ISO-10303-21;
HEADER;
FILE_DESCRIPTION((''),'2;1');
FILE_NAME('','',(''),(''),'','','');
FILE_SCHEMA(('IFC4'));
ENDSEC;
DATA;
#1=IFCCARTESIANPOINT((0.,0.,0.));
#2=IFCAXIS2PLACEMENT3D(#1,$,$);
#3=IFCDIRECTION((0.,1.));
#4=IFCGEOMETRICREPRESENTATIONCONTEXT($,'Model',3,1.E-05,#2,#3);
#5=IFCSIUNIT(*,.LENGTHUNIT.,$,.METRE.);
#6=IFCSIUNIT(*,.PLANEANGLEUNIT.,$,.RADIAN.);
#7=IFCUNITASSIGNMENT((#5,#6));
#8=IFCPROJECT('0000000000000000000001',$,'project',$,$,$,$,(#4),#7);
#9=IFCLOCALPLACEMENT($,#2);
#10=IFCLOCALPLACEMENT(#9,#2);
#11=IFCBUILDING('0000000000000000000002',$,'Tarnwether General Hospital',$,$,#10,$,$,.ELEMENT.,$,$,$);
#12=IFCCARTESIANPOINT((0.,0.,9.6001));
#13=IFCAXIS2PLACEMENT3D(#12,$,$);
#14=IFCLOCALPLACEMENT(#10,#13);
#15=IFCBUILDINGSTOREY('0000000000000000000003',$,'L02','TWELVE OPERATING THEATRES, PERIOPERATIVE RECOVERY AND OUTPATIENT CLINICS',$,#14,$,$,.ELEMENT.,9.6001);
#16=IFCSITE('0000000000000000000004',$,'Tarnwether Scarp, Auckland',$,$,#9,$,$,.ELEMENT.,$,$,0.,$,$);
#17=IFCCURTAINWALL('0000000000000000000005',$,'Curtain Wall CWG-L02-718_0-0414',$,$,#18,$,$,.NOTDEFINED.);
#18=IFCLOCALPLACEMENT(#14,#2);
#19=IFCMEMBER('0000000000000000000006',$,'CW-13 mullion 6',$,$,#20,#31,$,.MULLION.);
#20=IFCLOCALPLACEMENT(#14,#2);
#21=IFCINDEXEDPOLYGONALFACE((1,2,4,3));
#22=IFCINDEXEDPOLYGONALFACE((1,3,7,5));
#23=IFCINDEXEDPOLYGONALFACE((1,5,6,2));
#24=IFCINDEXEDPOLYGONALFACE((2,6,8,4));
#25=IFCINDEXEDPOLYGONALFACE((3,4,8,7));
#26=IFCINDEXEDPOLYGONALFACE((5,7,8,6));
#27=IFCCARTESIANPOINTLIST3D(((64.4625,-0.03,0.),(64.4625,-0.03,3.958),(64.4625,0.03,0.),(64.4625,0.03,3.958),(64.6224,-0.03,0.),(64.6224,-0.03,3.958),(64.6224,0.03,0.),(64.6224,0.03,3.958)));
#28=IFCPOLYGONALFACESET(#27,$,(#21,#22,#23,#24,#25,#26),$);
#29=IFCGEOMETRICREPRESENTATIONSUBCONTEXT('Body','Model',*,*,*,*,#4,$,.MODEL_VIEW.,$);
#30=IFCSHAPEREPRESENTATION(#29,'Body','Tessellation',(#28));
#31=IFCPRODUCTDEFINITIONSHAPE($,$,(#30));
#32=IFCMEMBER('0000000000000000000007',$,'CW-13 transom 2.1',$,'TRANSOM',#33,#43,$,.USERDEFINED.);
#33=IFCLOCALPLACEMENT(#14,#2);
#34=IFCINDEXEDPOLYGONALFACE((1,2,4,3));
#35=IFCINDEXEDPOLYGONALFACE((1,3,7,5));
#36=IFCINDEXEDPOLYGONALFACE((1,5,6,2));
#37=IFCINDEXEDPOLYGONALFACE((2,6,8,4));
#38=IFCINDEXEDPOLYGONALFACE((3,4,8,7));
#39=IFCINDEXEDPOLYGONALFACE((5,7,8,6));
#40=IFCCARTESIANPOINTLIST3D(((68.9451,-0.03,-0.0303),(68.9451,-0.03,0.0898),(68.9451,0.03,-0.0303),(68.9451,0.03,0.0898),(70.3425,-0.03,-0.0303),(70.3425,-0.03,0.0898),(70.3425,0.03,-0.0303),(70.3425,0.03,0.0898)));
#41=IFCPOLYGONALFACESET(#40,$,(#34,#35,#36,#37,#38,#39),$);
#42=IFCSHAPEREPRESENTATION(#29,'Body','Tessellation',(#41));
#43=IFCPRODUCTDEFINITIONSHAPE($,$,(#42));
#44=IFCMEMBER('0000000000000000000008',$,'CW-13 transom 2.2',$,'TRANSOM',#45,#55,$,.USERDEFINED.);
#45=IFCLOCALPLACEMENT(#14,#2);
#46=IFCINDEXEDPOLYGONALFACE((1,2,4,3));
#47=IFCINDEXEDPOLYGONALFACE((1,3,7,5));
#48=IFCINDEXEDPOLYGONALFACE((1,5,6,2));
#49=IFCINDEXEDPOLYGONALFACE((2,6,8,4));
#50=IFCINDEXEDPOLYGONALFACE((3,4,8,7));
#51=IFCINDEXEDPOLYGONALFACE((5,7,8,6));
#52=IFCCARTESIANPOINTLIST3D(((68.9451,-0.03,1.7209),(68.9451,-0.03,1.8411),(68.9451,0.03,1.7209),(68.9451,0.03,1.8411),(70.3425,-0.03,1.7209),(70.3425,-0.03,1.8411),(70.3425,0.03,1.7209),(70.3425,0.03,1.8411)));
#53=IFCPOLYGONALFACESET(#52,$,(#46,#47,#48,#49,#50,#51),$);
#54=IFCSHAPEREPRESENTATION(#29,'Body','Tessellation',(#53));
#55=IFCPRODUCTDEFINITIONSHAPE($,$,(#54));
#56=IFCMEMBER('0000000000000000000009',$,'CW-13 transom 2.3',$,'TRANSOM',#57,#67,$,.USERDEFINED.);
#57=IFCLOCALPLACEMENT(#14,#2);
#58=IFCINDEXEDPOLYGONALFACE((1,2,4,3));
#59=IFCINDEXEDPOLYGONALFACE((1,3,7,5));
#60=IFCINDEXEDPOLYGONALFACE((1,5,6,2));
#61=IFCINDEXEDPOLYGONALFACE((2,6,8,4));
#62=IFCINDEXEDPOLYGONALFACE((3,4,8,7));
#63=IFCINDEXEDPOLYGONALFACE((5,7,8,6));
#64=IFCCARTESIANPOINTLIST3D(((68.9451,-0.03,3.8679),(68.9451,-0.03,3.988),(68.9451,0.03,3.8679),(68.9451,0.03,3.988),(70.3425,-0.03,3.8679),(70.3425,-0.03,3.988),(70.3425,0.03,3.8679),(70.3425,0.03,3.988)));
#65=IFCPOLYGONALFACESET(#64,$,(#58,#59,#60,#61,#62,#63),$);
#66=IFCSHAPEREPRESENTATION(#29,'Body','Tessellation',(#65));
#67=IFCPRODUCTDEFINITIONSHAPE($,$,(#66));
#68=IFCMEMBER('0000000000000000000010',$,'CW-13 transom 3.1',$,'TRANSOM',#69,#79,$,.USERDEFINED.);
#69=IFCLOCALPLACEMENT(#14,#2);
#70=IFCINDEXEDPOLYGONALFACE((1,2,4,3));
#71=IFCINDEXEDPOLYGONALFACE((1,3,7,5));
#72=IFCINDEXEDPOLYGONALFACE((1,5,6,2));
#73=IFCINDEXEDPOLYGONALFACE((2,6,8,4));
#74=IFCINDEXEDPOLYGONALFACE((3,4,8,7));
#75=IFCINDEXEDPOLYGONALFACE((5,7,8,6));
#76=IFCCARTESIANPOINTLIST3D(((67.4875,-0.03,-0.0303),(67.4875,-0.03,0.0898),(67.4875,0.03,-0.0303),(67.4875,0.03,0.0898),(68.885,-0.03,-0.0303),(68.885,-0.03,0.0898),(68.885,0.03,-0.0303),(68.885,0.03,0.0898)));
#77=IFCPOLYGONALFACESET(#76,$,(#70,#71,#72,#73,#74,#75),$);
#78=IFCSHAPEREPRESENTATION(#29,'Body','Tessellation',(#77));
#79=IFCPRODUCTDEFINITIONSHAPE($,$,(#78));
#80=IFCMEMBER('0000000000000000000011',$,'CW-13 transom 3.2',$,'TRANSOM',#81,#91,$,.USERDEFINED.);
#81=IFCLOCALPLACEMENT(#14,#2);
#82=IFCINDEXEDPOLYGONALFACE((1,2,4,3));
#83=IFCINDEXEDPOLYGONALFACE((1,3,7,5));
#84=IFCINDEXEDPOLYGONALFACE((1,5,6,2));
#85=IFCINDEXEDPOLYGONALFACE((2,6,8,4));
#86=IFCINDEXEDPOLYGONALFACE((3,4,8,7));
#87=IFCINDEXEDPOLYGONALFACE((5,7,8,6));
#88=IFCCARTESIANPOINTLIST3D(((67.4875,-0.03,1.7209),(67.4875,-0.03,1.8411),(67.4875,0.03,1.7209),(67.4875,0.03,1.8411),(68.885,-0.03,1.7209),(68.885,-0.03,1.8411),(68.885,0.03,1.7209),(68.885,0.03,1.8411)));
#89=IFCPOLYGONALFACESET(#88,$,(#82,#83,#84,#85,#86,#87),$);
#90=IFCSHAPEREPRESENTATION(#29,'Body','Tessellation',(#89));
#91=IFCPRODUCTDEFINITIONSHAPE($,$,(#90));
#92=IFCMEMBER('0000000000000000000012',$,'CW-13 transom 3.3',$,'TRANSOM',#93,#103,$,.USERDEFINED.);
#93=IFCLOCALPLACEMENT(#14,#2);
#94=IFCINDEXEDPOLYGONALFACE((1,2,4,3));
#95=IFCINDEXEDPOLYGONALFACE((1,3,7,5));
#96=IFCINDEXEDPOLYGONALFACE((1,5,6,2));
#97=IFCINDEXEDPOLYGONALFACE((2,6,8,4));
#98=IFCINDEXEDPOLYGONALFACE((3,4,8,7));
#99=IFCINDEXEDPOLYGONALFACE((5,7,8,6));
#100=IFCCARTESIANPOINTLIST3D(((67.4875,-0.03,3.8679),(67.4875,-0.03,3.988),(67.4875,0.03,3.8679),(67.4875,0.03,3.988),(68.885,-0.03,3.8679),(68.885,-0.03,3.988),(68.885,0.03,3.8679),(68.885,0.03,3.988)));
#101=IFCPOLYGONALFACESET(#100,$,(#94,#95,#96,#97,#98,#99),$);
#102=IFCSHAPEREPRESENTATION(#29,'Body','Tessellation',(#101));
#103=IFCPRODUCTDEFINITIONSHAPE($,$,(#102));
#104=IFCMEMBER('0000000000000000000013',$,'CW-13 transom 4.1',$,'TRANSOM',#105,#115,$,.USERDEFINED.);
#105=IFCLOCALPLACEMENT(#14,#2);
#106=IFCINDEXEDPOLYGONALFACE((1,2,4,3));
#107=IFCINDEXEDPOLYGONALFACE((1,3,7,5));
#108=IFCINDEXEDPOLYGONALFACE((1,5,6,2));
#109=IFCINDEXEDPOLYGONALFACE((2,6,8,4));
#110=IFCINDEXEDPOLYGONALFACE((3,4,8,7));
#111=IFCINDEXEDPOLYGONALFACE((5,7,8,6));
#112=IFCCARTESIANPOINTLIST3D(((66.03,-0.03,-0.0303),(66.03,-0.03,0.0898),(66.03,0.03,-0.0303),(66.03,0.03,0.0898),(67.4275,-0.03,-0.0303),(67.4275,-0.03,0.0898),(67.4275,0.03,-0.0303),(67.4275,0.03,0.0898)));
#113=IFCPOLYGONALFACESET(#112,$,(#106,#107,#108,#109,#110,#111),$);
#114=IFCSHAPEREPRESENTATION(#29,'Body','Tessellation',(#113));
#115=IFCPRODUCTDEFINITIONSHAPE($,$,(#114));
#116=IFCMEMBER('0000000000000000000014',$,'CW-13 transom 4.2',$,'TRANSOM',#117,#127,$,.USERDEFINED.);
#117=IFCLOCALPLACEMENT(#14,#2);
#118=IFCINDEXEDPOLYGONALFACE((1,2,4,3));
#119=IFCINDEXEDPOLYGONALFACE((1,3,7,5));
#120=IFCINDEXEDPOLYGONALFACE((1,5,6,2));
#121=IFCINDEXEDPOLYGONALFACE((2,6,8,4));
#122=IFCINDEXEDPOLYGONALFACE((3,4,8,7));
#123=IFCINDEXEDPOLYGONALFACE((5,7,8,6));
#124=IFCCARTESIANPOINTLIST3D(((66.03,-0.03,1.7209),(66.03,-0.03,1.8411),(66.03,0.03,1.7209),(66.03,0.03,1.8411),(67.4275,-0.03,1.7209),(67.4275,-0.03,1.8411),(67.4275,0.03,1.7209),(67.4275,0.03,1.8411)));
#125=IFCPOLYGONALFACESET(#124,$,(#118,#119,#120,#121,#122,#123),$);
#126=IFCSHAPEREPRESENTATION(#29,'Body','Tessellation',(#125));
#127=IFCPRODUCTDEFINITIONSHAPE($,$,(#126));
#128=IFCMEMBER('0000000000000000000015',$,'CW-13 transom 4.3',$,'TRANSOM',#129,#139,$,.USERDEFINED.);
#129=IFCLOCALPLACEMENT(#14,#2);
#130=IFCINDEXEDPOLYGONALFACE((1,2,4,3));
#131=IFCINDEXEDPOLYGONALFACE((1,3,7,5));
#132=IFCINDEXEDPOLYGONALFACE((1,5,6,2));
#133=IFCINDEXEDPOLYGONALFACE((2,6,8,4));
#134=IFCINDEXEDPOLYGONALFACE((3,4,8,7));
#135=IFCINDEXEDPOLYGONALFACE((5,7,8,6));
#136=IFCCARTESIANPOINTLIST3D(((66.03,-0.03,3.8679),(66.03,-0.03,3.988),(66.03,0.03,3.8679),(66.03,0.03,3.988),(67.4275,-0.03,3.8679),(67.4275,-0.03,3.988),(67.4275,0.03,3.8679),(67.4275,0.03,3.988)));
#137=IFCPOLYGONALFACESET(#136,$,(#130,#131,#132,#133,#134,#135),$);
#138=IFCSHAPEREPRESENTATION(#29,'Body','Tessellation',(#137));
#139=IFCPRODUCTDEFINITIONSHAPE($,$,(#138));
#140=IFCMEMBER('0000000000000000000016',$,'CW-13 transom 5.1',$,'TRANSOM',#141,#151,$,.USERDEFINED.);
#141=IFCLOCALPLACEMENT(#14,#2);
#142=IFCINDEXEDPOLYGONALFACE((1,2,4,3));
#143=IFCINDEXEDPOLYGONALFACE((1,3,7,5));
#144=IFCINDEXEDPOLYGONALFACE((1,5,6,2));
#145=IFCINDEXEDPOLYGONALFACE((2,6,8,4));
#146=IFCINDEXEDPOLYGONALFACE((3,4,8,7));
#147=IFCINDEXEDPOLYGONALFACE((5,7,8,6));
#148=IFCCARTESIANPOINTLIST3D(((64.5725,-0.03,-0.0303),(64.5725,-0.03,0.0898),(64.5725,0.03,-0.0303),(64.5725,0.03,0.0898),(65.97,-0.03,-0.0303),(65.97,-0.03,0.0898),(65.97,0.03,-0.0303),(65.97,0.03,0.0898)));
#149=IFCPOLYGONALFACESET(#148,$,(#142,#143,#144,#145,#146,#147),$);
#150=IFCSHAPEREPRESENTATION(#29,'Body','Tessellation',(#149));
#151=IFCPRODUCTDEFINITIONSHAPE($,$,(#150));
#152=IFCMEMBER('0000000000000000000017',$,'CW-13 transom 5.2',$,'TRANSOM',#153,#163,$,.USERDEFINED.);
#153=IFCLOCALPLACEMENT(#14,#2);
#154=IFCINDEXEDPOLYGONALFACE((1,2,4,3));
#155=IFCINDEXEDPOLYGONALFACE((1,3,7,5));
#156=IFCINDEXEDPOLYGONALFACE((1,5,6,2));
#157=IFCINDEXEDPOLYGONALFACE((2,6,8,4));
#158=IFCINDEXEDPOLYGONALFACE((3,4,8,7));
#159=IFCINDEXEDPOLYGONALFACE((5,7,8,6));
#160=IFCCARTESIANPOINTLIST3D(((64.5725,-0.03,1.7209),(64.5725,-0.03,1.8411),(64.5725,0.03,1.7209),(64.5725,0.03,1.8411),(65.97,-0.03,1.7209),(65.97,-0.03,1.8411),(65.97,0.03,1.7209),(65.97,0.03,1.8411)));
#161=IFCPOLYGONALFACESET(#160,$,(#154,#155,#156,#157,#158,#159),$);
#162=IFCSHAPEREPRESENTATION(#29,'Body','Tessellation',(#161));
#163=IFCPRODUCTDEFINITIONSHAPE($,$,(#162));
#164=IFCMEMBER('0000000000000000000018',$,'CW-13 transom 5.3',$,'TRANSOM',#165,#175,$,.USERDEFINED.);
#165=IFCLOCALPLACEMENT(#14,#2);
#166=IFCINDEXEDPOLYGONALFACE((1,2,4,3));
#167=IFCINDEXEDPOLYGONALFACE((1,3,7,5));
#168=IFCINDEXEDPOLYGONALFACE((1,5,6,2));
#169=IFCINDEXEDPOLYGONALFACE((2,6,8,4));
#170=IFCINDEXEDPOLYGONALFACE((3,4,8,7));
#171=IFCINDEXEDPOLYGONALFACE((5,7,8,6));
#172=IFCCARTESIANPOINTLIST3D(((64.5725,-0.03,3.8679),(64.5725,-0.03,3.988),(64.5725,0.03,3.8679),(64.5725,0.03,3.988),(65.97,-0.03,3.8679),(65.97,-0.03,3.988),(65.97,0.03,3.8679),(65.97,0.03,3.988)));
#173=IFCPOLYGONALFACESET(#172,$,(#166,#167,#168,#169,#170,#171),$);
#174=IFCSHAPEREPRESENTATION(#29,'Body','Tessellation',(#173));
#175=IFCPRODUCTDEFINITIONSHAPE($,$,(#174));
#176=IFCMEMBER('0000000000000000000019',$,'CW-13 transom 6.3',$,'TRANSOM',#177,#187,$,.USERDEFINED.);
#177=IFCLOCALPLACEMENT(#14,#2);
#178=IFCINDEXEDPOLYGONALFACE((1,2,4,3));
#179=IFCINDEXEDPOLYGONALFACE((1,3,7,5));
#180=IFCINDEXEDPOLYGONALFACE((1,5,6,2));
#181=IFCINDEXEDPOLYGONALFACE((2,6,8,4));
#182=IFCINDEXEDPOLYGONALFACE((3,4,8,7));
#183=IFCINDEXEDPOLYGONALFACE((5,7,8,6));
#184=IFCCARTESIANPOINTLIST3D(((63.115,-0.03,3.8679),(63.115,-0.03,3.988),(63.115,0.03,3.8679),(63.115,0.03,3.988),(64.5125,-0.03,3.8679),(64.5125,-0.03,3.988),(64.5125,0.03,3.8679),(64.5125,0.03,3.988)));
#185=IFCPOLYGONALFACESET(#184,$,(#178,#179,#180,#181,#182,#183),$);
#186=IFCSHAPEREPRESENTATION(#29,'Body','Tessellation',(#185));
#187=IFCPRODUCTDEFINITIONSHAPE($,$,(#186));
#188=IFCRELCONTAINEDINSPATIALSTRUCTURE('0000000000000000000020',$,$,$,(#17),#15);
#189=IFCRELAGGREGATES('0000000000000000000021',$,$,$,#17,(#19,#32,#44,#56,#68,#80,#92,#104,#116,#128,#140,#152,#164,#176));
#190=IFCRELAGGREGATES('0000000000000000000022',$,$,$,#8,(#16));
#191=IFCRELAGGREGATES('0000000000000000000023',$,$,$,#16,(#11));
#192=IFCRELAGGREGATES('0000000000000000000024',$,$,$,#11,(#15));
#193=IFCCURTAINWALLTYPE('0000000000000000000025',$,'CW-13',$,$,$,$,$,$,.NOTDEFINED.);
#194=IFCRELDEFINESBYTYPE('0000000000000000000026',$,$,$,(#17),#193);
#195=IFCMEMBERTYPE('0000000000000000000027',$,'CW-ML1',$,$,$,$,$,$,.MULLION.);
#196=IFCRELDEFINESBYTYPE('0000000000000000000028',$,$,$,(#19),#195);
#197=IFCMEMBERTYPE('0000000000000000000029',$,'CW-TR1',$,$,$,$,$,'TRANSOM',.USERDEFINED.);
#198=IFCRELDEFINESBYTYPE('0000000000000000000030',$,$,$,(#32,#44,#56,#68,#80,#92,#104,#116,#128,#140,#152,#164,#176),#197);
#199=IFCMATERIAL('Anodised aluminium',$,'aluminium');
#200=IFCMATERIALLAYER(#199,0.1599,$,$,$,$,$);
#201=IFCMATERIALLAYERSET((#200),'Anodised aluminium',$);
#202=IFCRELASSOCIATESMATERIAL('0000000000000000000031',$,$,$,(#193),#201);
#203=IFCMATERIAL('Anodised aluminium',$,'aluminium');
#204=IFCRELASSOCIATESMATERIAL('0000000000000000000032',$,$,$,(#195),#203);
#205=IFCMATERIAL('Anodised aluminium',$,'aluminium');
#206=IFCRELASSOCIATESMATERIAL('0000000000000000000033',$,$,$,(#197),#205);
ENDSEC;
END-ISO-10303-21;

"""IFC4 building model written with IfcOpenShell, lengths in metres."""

from ifc_helpers import new_model, si_unit, direction, frame, origin, origin_2d, place, context, subcontext, project, spatial, rectangle, extrude, material, layer, layer_set, material_profile, profile_set, type_object, element, aggregate, save


model = new_model("IFC4")

# Units and contexts
model_context = context("Model", 3, precision=1e-05, world=origin(), true_north=direction((0.0, 1.0)))
body_context = subcontext(model_context, "Body", "Model", "MODEL_VIEW")
ifc_project = project(units=[si_unit("LENGTHUNIT", "METRE"), si_unit("PLANEANGLEUNIT", "RADIAN")], contexts=[model_context])

# Site, building, storey
site_placement = place(None, origin())
site = spatial("IfcSite", under=ifc_project, at=site_placement, Name="Tarnwether Scarp, Auckland", CompositionType="ELEMENT", RefElevation=0.0)
building_placement = place(site_placement, origin())
building = spatial("IfcBuilding", under=site, at=building_placement, Name="Tarnwether General Hospital", CompositionType="ELEMENT")
storey_placement = place(building_placement, frame((0.0, 0.0, 9.6001)))
storey = spatial("IfcBuildingStorey", under=building, at=storey_placement, Name="L02", Description="TWELVE OPERATING THEATRES, PERIOPERATIVE RECOVERY AND OUTPATIENT CLINICS", CompositionType="ELEMENT", Elevation=9.6001)

# Curtain wall, members
ifc_material_1 = material(Name="Anodised aluminium", Category="aluminium")
ifc_layer_1 = layer(ifc_material_1, 0.1599)
ifc_layer_set_1 = layer_set([ifc_layer_1], Name="Anodised aluminium")
curtain_wall_type = type_object("IfcCurtainWallType", Name="CW-13", PredefinedType="NOTDEFINED", material=ifc_layer_set_1)
curtain_wall_placement = place(storey_placement, origin())
curtain_wall = element("IfcCurtainWall", 1, at=curtain_wall_placement, inside=storey, type_object=curtain_wall_type, Name="Curtain Wall CWG-L02-718_0-0414", PredefinedType="NOTDEFINED")
ifc_material_2 = material(Name="Anodised aluminium", Category="aluminium")
ifc_material_profile_1 = material_profile(ifc_material_2, rectangle(XDim=0.0601, YDim=0.1599, at=origin_2d()), Name="ALU-MUL-60x160")
ifc_profile_set_1 = profile_set([ifc_material_profile_1], Name="Anodised aluminium")
member_type_1 = type_object("IfcMemberType", Name="CW-ML1", PredefinedType="MULLION", material=ifc_profile_set_1)
member_1_placement = place(storey_placement, frame((64.5425, 0.0, 0.0), z_axis=(0.0, 0.0, 1.0), x_axis=(0.0, -1.0, 0.0)))
member_1 = element("IfcMember", 2, at=member_1_placement, type_object=member_type_1, Name="CW-13 mullion 6", PredefinedType="MULLION", context=body_context, shape_type="SweptSolid", body=[
    extrude(rectangle(XDim=0.0601, YDim=0.1599, at=origin_2d()), origin(), (0.0, 0.0, 1.0), 3.958),
])
ifc_material_3 = material(Name="Anodised aluminium", Category="aluminium")
ifc_material_profile_2 = material_profile(ifc_material_3, rectangle(XDim=0.0601, YDim=0.1201, at=origin_2d()), Name="ALU-TRN-60x120")
ifc_profile_set_2 = profile_set([ifc_material_profile_2], Name="Anodised aluminium")
member_type_2 = type_object("IfcMemberType", Name="CW-TR1", ElementType="TRANSOM", PredefinedType="USERDEFINED", material=ifc_profile_set_2)
member_2_placement = place(storey_placement, frame((70.3425, 0.0, 0.0298), z_axis=(-1.0, 0.0, 0.0), x_axis=(0.0, -1.0, 0.0)))
member_2 = element("IfcMember", 3, at=member_2_placement, type_object=member_type_2, Name="CW-13 transom 2.1", ObjectType="TRANSOM", PredefinedType="USERDEFINED", context=body_context, shape_type="SweptSolid", body=[
    extrude(rectangle(XDim=0.0601, YDim=0.1201, at=origin_2d()), origin(), (0.0, 0.0, 1.0), 1.3975),
])
member_3_placement = place(storey_placement, frame((70.3425, 0.0, 1.781), z_axis=(-1.0, 0.0, 0.0), x_axis=(0.0, -1.0, 0.0)))
member_3 = element("IfcMember", 4, at=member_3_placement, type_object=member_type_2, Name="CW-13 transom 2.2", ObjectType="TRANSOM", PredefinedType="USERDEFINED", context=body_context, shape_type="SweptSolid", body=[
    extrude(rectangle(XDim=0.0601, YDim=0.1201, at=origin_2d()), origin(), (0.0, 0.0, 1.0), 1.3975),
])
member_4_placement = place(storey_placement, frame((70.3425, 0.0, 3.928), z_axis=(-1.0, 0.0, 0.0), x_axis=(0.0, -1.0, 0.0)))
member_4 = element("IfcMember", 5, at=member_4_placement, type_object=member_type_2, Name="CW-13 transom 2.3", ObjectType="TRANSOM", PredefinedType="USERDEFINED", context=body_context, shape_type="SweptSolid", body=[
    extrude(rectangle(XDim=0.0601, YDim=0.1201, at=origin_2d()), origin(), (0.0, 0.0, 1.0), 1.3975),
])
member_5_placement = place(storey_placement, frame((68.885, 0.0, 0.0298), z_axis=(-1.0, 0.0, 0.0), x_axis=(0.0, -1.0, 0.0)))
member_5 = element("IfcMember", 6, at=member_5_placement, type_object=member_type_2, Name="CW-13 transom 3.1", ObjectType="TRANSOM", PredefinedType="USERDEFINED", context=body_context, shape_type="SweptSolid", body=[
    extrude(rectangle(XDim=0.0601, YDim=0.1201, at=origin_2d()), origin(), (0.0, 0.0, 1.0), 1.3975),
])
member_6_placement = place(storey_placement, frame((68.885, 0.0, 1.781), z_axis=(-1.0, 0.0, 0.0), x_axis=(0.0, -1.0, 0.0)))
member_6 = element("IfcMember", 7, at=member_6_placement, type_object=member_type_2, Name="CW-13 transom 3.2", ObjectType="TRANSOM", PredefinedType="USERDEFINED", context=body_context, shape_type="SweptSolid", body=[
    extrude(rectangle(XDim=0.0601, YDim=0.1201, at=origin_2d()), origin(), (0.0, 0.0, 1.0), 1.3975),
])
member_7_placement = place(storey_placement, frame((68.885, 0.0, 3.928), z_axis=(-1.0, 0.0, 0.0), x_axis=(0.0, -1.0, 0.0)))
member_7 = element("IfcMember", 8, at=member_7_placement, type_object=member_type_2, Name="CW-13 transom 3.3", ObjectType="TRANSOM", PredefinedType="USERDEFINED", context=body_context, shape_type="SweptSolid", body=[
    extrude(rectangle(XDim=0.0601, YDim=0.1201, at=origin_2d()), origin(), (0.0, 0.0, 1.0), 1.3975),
])
member_8_placement = place(storey_placement, frame((67.4275, 0.0, 0.0298), z_axis=(-1.0, 0.0, 0.0), x_axis=(0.0, -1.0, 0.0)))
member_8 = element("IfcMember", 9, at=member_8_placement, type_object=member_type_2, Name="CW-13 transom 4.1", ObjectType="TRANSOM", PredefinedType="USERDEFINED", context=body_context, shape_type="SweptSolid", body=[
    extrude(rectangle(XDim=0.0601, YDim=0.1201, at=origin_2d()), origin(), (0.0, 0.0, 1.0), 1.3975),
])
member_9_placement = place(storey_placement, frame((67.4275, 0.0, 1.781), z_axis=(-1.0, 0.0, 0.0), x_axis=(0.0, -1.0, 0.0)))
member_9 = element("IfcMember", 10, at=member_9_placement, type_object=member_type_2, Name="CW-13 transom 4.2", ObjectType="TRANSOM", PredefinedType="USERDEFINED", context=body_context, shape_type="SweptSolid", body=[
    extrude(rectangle(XDim=0.0601, YDim=0.1201, at=origin_2d()), origin(), (0.0, 0.0, 1.0), 1.3975),
])
member_10_placement = place(storey_placement, frame((67.4275, 0.0, 3.928), z_axis=(-1.0, 0.0, 0.0), x_axis=(0.0, -1.0, 0.0)))
member_10 = element("IfcMember", 11, at=member_10_placement, type_object=member_type_2, Name="CW-13 transom 4.3", ObjectType="TRANSOM", PredefinedType="USERDEFINED", context=body_context, shape_type="SweptSolid", body=[
    extrude(rectangle(XDim=0.0601, YDim=0.1201, at=origin_2d()), origin(), (0.0, 0.0, 1.0), 1.3975),
])
member_11_placement = place(storey_placement, frame((65.97, 0.0, 0.0298), z_axis=(-1.0, 0.0, 0.0), x_axis=(0.0, -1.0, 0.0)))
member_11 = element("IfcMember", 12, at=member_11_placement, type_object=member_type_2, Name="CW-13 transom 5.1", ObjectType="TRANSOM", PredefinedType="USERDEFINED", context=body_context, shape_type="SweptSolid", body=[
    extrude(rectangle(XDim=0.0601, YDim=0.1201, at=origin_2d()), origin(), (0.0, 0.0, 1.0), 1.3975),
])
member_12_placement = place(storey_placement, frame((65.97, 0.0, 1.781), z_axis=(-1.0, 0.0, 0.0), x_axis=(0.0, -1.0, 0.0)))
member_12 = element("IfcMember", 13, at=member_12_placement, type_object=member_type_2, Name="CW-13 transom 5.2", ObjectType="TRANSOM", PredefinedType="USERDEFINED", context=body_context, shape_type="SweptSolid", body=[
    extrude(rectangle(XDim=0.0601, YDim=0.1201, at=origin_2d()), origin(), (0.0, 0.0, 1.0), 1.3975),
])
member_13_placement = place(storey_placement, frame((65.97, 0.0, 3.928), z_axis=(-1.0, 0.0, 0.0), x_axis=(0.0, -1.0, 0.0)))
member_13 = element("IfcMember", 14, at=member_13_placement, type_object=member_type_2, Name="CW-13 transom 5.3", ObjectType="TRANSOM", PredefinedType="USERDEFINED", context=body_context, shape_type="SweptSolid", body=[
    extrude(rectangle(XDim=0.0601, YDim=0.1201, at=origin_2d()), origin(), (0.0, 0.0, 1.0), 1.3975),
])
member_14_placement = place(storey_placement, frame((64.5125, 0.0, 3.928), z_axis=(-1.0, 0.0, 0.0), x_axis=(0.0, -1.0, 0.0)))
member_14 = element("IfcMember", 15, at=member_14_placement, type_object=member_type_2, Name="CW-13 transom 6.3", ObjectType="TRANSOM", PredefinedType="USERDEFINED", context=body_context, shape_type="SweptSolid", body=[
    extrude(rectangle(XDim=0.0601, YDim=0.1201, at=origin_2d()), origin(), (0.0, 0.0, 1.0), 1.3975),
])
aggregate(curtain_wall, [member_1, member_2, member_3, member_4, member_5, member_6, member_7, member_8, member_9, member_10, member_11, member_12, member_13, member_14])

save(model, "model.ifc")
